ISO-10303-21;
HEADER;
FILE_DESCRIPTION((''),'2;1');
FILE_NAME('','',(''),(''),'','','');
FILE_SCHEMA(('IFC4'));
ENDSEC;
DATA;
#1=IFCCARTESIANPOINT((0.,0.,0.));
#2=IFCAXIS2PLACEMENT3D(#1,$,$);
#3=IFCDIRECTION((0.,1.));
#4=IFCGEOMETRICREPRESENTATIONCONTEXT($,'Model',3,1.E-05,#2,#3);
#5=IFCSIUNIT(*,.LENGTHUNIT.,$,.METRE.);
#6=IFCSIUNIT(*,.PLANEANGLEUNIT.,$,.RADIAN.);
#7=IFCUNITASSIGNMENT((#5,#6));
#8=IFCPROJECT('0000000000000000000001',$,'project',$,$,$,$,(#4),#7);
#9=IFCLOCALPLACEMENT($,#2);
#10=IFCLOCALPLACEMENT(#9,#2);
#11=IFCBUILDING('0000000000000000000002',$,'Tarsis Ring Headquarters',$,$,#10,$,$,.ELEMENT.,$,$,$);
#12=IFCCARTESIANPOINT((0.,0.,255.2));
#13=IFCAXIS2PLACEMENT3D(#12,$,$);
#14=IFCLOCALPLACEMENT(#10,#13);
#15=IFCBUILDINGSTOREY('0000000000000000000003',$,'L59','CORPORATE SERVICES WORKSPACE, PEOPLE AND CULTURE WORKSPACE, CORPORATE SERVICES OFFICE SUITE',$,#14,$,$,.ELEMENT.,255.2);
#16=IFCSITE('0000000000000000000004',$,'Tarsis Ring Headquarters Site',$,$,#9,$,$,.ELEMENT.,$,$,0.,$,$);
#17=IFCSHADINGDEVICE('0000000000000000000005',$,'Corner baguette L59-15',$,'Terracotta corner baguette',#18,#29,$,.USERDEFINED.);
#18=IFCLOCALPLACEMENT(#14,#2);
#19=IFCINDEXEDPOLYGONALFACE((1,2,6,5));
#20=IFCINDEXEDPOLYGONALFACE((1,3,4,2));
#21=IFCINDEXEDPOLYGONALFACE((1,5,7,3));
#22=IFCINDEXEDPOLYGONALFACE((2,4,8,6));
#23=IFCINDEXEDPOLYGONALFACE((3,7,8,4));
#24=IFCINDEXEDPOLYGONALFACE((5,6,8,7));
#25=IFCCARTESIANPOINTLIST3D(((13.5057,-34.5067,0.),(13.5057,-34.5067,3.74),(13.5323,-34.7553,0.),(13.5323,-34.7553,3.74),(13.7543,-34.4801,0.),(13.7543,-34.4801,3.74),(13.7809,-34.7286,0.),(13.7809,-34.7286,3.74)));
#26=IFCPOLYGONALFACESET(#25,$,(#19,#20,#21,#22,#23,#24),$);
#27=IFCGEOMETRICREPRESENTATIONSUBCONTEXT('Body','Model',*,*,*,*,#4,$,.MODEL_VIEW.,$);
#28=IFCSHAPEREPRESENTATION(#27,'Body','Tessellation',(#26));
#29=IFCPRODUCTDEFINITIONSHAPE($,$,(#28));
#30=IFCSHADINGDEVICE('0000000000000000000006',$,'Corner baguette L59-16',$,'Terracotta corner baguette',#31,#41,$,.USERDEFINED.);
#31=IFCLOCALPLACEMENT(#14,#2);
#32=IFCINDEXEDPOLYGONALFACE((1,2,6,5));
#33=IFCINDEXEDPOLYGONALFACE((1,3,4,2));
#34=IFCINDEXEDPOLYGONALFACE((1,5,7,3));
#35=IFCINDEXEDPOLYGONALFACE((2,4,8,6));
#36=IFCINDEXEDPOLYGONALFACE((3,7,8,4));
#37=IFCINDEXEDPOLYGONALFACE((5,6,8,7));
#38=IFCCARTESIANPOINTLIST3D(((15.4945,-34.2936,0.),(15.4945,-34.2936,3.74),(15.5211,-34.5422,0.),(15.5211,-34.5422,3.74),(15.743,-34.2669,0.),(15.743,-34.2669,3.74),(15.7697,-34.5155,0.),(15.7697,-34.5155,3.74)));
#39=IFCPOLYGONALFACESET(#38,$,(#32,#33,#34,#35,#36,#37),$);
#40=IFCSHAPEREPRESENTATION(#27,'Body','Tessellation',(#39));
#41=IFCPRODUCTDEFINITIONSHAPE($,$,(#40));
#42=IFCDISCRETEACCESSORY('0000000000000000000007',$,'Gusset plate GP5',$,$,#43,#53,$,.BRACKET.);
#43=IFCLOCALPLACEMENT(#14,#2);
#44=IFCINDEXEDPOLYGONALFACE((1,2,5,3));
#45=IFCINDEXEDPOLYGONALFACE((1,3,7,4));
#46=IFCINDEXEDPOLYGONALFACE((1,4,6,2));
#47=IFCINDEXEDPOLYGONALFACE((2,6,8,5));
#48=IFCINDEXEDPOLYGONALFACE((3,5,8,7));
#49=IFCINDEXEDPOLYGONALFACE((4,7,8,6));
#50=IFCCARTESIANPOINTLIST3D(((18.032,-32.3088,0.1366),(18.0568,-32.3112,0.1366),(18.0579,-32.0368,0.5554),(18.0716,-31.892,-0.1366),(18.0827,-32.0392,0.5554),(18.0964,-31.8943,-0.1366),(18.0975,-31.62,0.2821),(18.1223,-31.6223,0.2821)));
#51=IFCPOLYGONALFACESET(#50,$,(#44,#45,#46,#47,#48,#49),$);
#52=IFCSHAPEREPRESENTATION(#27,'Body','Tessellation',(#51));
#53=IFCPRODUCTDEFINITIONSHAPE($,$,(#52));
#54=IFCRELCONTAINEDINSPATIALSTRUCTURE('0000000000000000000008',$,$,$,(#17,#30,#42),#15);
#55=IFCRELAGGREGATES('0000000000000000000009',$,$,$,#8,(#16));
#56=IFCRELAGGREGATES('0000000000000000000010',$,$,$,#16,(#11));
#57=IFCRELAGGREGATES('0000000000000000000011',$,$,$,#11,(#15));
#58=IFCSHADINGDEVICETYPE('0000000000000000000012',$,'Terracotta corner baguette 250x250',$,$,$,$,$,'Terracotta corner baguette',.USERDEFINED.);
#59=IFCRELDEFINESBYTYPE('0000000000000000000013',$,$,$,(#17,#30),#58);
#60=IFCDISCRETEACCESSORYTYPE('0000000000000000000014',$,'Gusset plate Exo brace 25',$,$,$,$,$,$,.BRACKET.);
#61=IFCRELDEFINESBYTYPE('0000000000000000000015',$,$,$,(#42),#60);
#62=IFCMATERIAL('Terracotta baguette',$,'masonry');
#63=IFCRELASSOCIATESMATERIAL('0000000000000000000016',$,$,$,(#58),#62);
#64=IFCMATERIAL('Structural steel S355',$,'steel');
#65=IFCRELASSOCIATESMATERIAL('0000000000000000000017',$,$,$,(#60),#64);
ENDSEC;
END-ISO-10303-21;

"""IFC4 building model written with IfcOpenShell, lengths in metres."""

from ifc_helpers import new_model, si_unit, direction, frame, origin, origin_2d, place, context, subcontext, project, spatial, rectangle, extrude, material, material_profile, profile_set, type_object, element, save


model = new_model("IFC4")

# Units and contexts
model_context = context("Model", 3, precision=1e-05, world=origin(), true_north=direction((0.0, 1.0)))
body_context = subcontext(model_context, "Body", "Model", "MODEL_VIEW")
ifc_project = project(units=[si_unit("LENGTHUNIT", "METRE"), si_unit("PLANEANGLEUNIT", "RADIAN")], contexts=[model_context])

# Site, building, storey
site_placement = place(None, origin())
site = spatial("IfcSite", under=ifc_project, at=site_placement, Name="Tarsis Ring Headquarters Site", CompositionType="ELEMENT", RefElevation=0.0)
building_placement = place(site_placement, origin())
building = spatial("IfcBuilding", under=site, at=building_placement, Name="Tarsis Ring Headquarters", CompositionType="ELEMENT")
storey_placement = place(building_placement, frame((0.0, 0.0, 255.2)))
storey = spatial("IfcBuildingStorey", under=building, at=storey_placement, Name="L59", Description="CORPORATE SERVICES WORKSPACE, PEOPLE AND CULTURE WORKSPACE, CORPORATE SERVICES OFFICE SUITE", CompositionType="ELEMENT", Elevation=255.2)

# Shared definitions
ifc_material_1 = material(Name="Structural steel S355", Category="steel")

# Shading devices
ifc_material_2 = material(Name="Terracotta baguette", Category="masonry")
shading_device_type_1 = type_object("IfcShadingDeviceType", Name="Terracotta corner baguette 250x250", ElementType="Terracotta corner baguette", PredefinedType="USERDEFINED", material=ifc_material_2)
for number, where, z_axis, x_axis, name in (
    (1, (13.6433, -34.6177, 0.0), (0.0, 0.0, 1.0), (-0.106611, 0.994301, 0.0), "Corner baguette L59-15"),
    (2, (15.6321, -34.4045, 0.0), (0.0, 0.0, 1.0), (0.994301, 0.106611, 0.0), "Corner baguette L59-16"),
):
    element("IfcShadingDevice", number, at=place(storey_placement, frame(where, z_axis=z_axis, x_axis=x_axis)), inside=storey, type_object=shading_device_type_1, Name=name, ObjectType="Terracotta corner baguette", PredefinedType="USERDEFINED", context=body_context, shape_type="SweptSolid", body=[
        extrude(rectangle(XDim=0.25, YDim=0.25, at=origin_2d()), origin(), (0.0, 0.0, 1.0), 3.74),
    ])

# Discrete accessory
ifc_material_profile_1 = material_profile(ifc_material_1, rectangle(XDim=0.0249, YDim=0.5, at=origin_2d()), Name="PL 25x500")
ifc_profile_set_1 = profile_set([ifc_material_profile_1], Name="Structural steel S355")
discrete_accessory_type = type_object("IfcDiscreteAccessoryType", Name="Gusset plate Exo brace 25", PredefinedType="BRACKET", material=ifc_profile_set_1)
discrete_accessory_placement = place(storey_placement, frame((18.0642, -32.1016, 0.0), z_axis=(0.051763, 0.544, 0.837487), x_axis=(-0.995504, 0.094725, 0.0)))
element("IfcDiscreteAccessory", 3, at=discrete_accessory_placement, inside=storey, type_object=discrete_accessory_type, Name="Gusset plate GP5", PredefinedType="BRACKET", context=body_context, shape_type="SweptSolid", body=[
    extrude(rectangle(XDim=0.0249, YDim=0.5, at=origin_2d()), origin(), (0.0, 0.0, 1.0), 0.5),
])

save(model, "model.ifc")
